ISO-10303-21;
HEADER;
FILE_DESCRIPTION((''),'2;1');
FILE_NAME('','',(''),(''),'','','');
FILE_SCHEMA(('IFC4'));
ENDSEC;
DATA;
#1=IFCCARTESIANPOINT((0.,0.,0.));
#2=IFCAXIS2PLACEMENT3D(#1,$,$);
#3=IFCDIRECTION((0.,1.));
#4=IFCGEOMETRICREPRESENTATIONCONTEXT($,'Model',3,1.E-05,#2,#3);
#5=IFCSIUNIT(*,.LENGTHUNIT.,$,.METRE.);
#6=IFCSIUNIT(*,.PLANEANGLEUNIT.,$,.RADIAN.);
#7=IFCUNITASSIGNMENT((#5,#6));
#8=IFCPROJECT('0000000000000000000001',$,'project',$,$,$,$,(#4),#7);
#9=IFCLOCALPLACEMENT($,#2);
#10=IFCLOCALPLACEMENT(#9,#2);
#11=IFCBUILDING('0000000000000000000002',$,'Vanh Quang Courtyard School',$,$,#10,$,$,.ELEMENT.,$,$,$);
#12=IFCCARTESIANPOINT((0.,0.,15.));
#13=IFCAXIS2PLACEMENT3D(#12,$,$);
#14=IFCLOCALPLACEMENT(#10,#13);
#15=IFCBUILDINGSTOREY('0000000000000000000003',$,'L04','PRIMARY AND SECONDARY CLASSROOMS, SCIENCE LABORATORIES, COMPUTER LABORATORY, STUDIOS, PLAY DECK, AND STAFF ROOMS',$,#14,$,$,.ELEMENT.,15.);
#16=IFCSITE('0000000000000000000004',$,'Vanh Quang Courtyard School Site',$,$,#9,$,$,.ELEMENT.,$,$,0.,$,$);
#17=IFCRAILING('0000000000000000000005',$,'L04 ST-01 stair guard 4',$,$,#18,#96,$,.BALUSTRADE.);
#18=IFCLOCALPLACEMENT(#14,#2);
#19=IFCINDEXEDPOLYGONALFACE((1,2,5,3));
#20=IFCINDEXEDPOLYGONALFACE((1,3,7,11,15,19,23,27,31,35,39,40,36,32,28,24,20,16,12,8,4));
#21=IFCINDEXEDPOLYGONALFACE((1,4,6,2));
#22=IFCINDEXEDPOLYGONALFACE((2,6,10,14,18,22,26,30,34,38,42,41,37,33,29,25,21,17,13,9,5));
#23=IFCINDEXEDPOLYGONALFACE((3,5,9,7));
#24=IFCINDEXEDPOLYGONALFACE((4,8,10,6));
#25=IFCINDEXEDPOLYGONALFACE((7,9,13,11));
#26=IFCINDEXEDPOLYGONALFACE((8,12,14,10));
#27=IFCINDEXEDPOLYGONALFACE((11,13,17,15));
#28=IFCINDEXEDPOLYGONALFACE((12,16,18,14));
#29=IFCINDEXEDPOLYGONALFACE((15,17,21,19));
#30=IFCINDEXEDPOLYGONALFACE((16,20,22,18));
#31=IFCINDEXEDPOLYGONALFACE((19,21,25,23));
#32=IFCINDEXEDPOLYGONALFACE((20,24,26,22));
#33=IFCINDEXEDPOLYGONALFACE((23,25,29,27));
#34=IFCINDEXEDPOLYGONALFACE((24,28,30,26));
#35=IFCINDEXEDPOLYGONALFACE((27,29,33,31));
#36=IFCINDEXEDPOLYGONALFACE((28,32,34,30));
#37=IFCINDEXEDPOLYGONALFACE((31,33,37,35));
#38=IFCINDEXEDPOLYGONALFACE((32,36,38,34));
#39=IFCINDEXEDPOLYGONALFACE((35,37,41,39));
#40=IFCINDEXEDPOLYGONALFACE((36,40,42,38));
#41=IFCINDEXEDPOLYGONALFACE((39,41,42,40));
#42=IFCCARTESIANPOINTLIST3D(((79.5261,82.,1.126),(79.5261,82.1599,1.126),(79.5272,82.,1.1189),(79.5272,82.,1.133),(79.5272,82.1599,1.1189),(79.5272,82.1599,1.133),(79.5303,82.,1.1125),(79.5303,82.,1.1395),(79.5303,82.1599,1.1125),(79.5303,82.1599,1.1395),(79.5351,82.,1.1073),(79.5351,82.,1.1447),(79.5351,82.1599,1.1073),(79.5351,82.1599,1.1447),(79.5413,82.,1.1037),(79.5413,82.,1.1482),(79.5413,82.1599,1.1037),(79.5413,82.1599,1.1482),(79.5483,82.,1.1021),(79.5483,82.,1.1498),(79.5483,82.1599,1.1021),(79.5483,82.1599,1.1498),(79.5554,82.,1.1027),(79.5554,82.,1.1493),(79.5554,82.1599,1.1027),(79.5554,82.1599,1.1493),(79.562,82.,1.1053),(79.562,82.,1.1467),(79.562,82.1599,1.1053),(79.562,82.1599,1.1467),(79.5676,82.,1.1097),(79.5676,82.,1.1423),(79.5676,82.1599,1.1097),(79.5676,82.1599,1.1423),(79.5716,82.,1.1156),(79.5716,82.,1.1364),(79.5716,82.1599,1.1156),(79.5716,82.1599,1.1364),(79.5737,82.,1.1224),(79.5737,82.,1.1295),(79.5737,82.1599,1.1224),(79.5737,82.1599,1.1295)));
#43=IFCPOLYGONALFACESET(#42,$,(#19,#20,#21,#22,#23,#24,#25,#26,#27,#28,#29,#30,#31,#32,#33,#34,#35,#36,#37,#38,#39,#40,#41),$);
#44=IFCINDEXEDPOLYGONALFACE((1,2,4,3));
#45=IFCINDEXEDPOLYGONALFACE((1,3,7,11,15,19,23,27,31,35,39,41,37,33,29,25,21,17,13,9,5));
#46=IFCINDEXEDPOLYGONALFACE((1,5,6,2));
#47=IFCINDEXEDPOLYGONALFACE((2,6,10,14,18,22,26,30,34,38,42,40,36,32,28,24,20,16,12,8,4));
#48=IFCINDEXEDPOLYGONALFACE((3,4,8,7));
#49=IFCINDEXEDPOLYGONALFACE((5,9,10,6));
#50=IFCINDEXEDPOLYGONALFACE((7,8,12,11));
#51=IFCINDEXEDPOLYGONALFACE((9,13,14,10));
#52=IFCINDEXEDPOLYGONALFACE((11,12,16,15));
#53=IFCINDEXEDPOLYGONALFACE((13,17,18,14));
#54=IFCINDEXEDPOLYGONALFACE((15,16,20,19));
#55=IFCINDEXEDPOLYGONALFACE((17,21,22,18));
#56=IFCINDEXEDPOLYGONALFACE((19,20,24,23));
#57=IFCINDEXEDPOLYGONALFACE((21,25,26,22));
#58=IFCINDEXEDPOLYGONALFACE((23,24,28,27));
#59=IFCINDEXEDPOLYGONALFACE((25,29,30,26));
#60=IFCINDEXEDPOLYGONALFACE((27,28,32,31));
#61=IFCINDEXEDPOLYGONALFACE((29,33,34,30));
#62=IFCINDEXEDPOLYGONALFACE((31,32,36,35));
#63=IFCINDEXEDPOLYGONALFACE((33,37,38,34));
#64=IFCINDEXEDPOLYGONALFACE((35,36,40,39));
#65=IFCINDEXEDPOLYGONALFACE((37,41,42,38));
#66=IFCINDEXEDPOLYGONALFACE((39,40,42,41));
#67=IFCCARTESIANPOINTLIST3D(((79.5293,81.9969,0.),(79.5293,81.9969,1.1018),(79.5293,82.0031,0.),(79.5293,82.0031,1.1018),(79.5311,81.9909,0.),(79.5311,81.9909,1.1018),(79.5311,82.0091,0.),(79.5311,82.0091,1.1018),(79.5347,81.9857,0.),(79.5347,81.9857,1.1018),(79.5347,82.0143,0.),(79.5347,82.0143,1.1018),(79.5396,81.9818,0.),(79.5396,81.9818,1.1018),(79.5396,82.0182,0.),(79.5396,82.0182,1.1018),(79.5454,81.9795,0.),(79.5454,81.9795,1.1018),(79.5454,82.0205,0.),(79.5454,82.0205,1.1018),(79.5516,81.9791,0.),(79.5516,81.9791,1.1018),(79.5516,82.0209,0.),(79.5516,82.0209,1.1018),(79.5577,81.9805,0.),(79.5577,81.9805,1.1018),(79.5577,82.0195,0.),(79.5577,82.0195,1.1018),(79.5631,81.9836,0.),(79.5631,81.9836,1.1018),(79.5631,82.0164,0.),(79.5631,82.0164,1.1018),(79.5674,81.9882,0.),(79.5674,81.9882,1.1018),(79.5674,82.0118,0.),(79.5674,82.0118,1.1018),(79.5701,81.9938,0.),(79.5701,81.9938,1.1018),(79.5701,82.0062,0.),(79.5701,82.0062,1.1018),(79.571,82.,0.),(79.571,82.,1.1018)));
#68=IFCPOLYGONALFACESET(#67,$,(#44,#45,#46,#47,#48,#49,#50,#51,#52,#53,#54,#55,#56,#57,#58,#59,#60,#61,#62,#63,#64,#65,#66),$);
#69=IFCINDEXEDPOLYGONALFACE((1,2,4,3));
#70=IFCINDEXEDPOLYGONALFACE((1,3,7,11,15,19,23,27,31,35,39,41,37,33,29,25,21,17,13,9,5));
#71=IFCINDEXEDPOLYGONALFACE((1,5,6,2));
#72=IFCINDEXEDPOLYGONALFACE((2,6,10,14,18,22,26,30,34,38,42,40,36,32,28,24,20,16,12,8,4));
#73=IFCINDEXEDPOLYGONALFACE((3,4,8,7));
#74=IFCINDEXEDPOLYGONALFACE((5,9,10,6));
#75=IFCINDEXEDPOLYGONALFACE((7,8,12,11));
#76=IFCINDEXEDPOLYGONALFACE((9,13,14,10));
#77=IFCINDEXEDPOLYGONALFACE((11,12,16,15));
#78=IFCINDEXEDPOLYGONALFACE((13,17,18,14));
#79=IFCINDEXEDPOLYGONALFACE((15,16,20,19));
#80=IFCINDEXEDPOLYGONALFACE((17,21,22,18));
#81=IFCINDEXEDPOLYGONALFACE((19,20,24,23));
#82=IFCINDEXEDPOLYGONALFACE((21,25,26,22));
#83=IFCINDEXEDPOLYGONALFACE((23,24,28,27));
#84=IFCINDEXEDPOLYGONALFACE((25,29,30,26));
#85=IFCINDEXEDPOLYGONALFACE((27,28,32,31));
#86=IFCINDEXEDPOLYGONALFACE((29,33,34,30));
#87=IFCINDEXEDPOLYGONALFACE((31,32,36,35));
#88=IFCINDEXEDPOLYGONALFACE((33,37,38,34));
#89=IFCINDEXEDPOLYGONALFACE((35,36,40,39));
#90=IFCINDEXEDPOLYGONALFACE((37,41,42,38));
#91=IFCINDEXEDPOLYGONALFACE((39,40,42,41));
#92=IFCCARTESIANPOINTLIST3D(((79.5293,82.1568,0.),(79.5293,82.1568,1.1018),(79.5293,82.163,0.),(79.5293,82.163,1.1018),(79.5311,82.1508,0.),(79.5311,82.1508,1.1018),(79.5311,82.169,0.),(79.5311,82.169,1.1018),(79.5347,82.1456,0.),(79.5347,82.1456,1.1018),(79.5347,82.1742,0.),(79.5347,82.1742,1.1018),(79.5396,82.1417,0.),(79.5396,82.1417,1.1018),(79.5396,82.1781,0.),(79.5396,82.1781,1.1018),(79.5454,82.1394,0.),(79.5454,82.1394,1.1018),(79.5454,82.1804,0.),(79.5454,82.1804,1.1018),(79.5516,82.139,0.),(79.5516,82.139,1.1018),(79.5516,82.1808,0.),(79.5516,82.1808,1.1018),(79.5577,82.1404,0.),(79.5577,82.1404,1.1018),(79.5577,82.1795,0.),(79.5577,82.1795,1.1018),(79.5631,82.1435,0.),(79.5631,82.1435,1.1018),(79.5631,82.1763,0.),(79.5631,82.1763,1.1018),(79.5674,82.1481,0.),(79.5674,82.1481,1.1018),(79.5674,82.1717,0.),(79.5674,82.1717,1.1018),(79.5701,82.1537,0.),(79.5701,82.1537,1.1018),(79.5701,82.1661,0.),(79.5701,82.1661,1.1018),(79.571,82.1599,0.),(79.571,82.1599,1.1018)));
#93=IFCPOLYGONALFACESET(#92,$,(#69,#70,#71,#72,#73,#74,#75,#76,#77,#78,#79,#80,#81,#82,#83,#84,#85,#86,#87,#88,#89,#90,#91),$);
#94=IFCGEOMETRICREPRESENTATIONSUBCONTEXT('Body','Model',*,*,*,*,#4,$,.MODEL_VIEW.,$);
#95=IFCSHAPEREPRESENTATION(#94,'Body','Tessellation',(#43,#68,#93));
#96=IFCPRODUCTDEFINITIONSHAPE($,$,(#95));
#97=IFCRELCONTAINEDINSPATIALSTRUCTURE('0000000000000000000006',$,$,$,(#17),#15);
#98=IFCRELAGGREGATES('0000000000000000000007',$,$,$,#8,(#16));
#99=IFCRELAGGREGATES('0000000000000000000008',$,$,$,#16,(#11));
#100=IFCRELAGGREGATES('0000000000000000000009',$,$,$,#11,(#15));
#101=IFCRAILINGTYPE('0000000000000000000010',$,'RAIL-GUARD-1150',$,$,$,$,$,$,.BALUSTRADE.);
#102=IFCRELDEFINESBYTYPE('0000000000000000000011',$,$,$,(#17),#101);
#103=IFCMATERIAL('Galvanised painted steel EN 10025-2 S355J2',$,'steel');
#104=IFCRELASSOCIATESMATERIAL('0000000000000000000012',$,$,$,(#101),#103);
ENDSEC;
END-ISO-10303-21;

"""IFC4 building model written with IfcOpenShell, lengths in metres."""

from ifc_helpers import new_model, si_unit, direction, frame, origin, origin_2d, place, context, subcontext, project, spatial, circle, extrude, material, type_object, element, save


model = new_model("IFC4")

# Units and contexts
model_context = context("Model", 3, precision=1e-05, world=origin(), true_north=direction((0.0, 1.0)))
body_context = subcontext(model_context, "Body", "Model", "MODEL_VIEW")
ifc_project = project(units=[si_unit("LENGTHUNIT", "METRE"), si_unit("PLANEANGLEUNIT", "RADIAN")], contexts=[model_context])

# Site, building, storey
site_placement = place(None, origin())
site = spatial("IfcSite", under=ifc_project, at=site_placement, Name="Vanh Quang Courtyard School Site", CompositionType="ELEMENT", RefElevation=0.0)
building_placement = place(site_placement, origin())
building = spatial("IfcBuilding", under=site, at=building_placement, Name="Vanh Quang Courtyard School", CompositionType="ELEMENT")
storey_placement = place(building_placement, frame((0.0, 0.0, 15.0)))
storey = spatial("IfcBuildingStorey", under=building, at=storey_placement, Name="L04", Description="PRIMARY AND SECONDARY CLASSROOMS, SCIENCE LABORATORIES, COMPUTER LABORATORY, STUDIOS, PLAY DECK, AND STAFF ROOMS", CompositionType="ELEMENT", Elevation=15.0)

# Railing
ifc_material_1 = material(Name="Galvanised painted steel EN 10025-2 S355J2", Category="steel")
railing_type_1 = type_object("IfcRailingType", Name="RAIL-GUARD-1150", PredefinedType="BALUSTRADE", material=ifc_material_1)
railing_1_placement = place(storey_placement, frame((79.55, 82.0, 0.0)))
element("IfcRailing", 1, at=railing_1_placement, inside=storey, type_object=railing_type_1, Name="L04 ST-01 stair guard 4", PredefinedType="BALUSTRADE", context=body_context, shape_type="SweptSolid", body=[
    extrude(circle(Radius=0.0239, at=origin_2d()), frame((0.0, 0.0, 1.126), z_axis=(0.0, 1.0, 0.0), x_axis=(-1.0, 0.0, 0.0)), (0.0, 0.0, 1.0), 0.1599),
    extrude(circle(Radius=0.021, at=origin_2d()), origin(), (0.0, 0.0, 1.0), 1.1018),
    extrude(circle(Radius=0.021, at=origin_2d()), frame((0.0, 0.1599, 0.0)), (0.0, 0.0, 1.0), 1.1018),
])

save(model, "model.ifc")
